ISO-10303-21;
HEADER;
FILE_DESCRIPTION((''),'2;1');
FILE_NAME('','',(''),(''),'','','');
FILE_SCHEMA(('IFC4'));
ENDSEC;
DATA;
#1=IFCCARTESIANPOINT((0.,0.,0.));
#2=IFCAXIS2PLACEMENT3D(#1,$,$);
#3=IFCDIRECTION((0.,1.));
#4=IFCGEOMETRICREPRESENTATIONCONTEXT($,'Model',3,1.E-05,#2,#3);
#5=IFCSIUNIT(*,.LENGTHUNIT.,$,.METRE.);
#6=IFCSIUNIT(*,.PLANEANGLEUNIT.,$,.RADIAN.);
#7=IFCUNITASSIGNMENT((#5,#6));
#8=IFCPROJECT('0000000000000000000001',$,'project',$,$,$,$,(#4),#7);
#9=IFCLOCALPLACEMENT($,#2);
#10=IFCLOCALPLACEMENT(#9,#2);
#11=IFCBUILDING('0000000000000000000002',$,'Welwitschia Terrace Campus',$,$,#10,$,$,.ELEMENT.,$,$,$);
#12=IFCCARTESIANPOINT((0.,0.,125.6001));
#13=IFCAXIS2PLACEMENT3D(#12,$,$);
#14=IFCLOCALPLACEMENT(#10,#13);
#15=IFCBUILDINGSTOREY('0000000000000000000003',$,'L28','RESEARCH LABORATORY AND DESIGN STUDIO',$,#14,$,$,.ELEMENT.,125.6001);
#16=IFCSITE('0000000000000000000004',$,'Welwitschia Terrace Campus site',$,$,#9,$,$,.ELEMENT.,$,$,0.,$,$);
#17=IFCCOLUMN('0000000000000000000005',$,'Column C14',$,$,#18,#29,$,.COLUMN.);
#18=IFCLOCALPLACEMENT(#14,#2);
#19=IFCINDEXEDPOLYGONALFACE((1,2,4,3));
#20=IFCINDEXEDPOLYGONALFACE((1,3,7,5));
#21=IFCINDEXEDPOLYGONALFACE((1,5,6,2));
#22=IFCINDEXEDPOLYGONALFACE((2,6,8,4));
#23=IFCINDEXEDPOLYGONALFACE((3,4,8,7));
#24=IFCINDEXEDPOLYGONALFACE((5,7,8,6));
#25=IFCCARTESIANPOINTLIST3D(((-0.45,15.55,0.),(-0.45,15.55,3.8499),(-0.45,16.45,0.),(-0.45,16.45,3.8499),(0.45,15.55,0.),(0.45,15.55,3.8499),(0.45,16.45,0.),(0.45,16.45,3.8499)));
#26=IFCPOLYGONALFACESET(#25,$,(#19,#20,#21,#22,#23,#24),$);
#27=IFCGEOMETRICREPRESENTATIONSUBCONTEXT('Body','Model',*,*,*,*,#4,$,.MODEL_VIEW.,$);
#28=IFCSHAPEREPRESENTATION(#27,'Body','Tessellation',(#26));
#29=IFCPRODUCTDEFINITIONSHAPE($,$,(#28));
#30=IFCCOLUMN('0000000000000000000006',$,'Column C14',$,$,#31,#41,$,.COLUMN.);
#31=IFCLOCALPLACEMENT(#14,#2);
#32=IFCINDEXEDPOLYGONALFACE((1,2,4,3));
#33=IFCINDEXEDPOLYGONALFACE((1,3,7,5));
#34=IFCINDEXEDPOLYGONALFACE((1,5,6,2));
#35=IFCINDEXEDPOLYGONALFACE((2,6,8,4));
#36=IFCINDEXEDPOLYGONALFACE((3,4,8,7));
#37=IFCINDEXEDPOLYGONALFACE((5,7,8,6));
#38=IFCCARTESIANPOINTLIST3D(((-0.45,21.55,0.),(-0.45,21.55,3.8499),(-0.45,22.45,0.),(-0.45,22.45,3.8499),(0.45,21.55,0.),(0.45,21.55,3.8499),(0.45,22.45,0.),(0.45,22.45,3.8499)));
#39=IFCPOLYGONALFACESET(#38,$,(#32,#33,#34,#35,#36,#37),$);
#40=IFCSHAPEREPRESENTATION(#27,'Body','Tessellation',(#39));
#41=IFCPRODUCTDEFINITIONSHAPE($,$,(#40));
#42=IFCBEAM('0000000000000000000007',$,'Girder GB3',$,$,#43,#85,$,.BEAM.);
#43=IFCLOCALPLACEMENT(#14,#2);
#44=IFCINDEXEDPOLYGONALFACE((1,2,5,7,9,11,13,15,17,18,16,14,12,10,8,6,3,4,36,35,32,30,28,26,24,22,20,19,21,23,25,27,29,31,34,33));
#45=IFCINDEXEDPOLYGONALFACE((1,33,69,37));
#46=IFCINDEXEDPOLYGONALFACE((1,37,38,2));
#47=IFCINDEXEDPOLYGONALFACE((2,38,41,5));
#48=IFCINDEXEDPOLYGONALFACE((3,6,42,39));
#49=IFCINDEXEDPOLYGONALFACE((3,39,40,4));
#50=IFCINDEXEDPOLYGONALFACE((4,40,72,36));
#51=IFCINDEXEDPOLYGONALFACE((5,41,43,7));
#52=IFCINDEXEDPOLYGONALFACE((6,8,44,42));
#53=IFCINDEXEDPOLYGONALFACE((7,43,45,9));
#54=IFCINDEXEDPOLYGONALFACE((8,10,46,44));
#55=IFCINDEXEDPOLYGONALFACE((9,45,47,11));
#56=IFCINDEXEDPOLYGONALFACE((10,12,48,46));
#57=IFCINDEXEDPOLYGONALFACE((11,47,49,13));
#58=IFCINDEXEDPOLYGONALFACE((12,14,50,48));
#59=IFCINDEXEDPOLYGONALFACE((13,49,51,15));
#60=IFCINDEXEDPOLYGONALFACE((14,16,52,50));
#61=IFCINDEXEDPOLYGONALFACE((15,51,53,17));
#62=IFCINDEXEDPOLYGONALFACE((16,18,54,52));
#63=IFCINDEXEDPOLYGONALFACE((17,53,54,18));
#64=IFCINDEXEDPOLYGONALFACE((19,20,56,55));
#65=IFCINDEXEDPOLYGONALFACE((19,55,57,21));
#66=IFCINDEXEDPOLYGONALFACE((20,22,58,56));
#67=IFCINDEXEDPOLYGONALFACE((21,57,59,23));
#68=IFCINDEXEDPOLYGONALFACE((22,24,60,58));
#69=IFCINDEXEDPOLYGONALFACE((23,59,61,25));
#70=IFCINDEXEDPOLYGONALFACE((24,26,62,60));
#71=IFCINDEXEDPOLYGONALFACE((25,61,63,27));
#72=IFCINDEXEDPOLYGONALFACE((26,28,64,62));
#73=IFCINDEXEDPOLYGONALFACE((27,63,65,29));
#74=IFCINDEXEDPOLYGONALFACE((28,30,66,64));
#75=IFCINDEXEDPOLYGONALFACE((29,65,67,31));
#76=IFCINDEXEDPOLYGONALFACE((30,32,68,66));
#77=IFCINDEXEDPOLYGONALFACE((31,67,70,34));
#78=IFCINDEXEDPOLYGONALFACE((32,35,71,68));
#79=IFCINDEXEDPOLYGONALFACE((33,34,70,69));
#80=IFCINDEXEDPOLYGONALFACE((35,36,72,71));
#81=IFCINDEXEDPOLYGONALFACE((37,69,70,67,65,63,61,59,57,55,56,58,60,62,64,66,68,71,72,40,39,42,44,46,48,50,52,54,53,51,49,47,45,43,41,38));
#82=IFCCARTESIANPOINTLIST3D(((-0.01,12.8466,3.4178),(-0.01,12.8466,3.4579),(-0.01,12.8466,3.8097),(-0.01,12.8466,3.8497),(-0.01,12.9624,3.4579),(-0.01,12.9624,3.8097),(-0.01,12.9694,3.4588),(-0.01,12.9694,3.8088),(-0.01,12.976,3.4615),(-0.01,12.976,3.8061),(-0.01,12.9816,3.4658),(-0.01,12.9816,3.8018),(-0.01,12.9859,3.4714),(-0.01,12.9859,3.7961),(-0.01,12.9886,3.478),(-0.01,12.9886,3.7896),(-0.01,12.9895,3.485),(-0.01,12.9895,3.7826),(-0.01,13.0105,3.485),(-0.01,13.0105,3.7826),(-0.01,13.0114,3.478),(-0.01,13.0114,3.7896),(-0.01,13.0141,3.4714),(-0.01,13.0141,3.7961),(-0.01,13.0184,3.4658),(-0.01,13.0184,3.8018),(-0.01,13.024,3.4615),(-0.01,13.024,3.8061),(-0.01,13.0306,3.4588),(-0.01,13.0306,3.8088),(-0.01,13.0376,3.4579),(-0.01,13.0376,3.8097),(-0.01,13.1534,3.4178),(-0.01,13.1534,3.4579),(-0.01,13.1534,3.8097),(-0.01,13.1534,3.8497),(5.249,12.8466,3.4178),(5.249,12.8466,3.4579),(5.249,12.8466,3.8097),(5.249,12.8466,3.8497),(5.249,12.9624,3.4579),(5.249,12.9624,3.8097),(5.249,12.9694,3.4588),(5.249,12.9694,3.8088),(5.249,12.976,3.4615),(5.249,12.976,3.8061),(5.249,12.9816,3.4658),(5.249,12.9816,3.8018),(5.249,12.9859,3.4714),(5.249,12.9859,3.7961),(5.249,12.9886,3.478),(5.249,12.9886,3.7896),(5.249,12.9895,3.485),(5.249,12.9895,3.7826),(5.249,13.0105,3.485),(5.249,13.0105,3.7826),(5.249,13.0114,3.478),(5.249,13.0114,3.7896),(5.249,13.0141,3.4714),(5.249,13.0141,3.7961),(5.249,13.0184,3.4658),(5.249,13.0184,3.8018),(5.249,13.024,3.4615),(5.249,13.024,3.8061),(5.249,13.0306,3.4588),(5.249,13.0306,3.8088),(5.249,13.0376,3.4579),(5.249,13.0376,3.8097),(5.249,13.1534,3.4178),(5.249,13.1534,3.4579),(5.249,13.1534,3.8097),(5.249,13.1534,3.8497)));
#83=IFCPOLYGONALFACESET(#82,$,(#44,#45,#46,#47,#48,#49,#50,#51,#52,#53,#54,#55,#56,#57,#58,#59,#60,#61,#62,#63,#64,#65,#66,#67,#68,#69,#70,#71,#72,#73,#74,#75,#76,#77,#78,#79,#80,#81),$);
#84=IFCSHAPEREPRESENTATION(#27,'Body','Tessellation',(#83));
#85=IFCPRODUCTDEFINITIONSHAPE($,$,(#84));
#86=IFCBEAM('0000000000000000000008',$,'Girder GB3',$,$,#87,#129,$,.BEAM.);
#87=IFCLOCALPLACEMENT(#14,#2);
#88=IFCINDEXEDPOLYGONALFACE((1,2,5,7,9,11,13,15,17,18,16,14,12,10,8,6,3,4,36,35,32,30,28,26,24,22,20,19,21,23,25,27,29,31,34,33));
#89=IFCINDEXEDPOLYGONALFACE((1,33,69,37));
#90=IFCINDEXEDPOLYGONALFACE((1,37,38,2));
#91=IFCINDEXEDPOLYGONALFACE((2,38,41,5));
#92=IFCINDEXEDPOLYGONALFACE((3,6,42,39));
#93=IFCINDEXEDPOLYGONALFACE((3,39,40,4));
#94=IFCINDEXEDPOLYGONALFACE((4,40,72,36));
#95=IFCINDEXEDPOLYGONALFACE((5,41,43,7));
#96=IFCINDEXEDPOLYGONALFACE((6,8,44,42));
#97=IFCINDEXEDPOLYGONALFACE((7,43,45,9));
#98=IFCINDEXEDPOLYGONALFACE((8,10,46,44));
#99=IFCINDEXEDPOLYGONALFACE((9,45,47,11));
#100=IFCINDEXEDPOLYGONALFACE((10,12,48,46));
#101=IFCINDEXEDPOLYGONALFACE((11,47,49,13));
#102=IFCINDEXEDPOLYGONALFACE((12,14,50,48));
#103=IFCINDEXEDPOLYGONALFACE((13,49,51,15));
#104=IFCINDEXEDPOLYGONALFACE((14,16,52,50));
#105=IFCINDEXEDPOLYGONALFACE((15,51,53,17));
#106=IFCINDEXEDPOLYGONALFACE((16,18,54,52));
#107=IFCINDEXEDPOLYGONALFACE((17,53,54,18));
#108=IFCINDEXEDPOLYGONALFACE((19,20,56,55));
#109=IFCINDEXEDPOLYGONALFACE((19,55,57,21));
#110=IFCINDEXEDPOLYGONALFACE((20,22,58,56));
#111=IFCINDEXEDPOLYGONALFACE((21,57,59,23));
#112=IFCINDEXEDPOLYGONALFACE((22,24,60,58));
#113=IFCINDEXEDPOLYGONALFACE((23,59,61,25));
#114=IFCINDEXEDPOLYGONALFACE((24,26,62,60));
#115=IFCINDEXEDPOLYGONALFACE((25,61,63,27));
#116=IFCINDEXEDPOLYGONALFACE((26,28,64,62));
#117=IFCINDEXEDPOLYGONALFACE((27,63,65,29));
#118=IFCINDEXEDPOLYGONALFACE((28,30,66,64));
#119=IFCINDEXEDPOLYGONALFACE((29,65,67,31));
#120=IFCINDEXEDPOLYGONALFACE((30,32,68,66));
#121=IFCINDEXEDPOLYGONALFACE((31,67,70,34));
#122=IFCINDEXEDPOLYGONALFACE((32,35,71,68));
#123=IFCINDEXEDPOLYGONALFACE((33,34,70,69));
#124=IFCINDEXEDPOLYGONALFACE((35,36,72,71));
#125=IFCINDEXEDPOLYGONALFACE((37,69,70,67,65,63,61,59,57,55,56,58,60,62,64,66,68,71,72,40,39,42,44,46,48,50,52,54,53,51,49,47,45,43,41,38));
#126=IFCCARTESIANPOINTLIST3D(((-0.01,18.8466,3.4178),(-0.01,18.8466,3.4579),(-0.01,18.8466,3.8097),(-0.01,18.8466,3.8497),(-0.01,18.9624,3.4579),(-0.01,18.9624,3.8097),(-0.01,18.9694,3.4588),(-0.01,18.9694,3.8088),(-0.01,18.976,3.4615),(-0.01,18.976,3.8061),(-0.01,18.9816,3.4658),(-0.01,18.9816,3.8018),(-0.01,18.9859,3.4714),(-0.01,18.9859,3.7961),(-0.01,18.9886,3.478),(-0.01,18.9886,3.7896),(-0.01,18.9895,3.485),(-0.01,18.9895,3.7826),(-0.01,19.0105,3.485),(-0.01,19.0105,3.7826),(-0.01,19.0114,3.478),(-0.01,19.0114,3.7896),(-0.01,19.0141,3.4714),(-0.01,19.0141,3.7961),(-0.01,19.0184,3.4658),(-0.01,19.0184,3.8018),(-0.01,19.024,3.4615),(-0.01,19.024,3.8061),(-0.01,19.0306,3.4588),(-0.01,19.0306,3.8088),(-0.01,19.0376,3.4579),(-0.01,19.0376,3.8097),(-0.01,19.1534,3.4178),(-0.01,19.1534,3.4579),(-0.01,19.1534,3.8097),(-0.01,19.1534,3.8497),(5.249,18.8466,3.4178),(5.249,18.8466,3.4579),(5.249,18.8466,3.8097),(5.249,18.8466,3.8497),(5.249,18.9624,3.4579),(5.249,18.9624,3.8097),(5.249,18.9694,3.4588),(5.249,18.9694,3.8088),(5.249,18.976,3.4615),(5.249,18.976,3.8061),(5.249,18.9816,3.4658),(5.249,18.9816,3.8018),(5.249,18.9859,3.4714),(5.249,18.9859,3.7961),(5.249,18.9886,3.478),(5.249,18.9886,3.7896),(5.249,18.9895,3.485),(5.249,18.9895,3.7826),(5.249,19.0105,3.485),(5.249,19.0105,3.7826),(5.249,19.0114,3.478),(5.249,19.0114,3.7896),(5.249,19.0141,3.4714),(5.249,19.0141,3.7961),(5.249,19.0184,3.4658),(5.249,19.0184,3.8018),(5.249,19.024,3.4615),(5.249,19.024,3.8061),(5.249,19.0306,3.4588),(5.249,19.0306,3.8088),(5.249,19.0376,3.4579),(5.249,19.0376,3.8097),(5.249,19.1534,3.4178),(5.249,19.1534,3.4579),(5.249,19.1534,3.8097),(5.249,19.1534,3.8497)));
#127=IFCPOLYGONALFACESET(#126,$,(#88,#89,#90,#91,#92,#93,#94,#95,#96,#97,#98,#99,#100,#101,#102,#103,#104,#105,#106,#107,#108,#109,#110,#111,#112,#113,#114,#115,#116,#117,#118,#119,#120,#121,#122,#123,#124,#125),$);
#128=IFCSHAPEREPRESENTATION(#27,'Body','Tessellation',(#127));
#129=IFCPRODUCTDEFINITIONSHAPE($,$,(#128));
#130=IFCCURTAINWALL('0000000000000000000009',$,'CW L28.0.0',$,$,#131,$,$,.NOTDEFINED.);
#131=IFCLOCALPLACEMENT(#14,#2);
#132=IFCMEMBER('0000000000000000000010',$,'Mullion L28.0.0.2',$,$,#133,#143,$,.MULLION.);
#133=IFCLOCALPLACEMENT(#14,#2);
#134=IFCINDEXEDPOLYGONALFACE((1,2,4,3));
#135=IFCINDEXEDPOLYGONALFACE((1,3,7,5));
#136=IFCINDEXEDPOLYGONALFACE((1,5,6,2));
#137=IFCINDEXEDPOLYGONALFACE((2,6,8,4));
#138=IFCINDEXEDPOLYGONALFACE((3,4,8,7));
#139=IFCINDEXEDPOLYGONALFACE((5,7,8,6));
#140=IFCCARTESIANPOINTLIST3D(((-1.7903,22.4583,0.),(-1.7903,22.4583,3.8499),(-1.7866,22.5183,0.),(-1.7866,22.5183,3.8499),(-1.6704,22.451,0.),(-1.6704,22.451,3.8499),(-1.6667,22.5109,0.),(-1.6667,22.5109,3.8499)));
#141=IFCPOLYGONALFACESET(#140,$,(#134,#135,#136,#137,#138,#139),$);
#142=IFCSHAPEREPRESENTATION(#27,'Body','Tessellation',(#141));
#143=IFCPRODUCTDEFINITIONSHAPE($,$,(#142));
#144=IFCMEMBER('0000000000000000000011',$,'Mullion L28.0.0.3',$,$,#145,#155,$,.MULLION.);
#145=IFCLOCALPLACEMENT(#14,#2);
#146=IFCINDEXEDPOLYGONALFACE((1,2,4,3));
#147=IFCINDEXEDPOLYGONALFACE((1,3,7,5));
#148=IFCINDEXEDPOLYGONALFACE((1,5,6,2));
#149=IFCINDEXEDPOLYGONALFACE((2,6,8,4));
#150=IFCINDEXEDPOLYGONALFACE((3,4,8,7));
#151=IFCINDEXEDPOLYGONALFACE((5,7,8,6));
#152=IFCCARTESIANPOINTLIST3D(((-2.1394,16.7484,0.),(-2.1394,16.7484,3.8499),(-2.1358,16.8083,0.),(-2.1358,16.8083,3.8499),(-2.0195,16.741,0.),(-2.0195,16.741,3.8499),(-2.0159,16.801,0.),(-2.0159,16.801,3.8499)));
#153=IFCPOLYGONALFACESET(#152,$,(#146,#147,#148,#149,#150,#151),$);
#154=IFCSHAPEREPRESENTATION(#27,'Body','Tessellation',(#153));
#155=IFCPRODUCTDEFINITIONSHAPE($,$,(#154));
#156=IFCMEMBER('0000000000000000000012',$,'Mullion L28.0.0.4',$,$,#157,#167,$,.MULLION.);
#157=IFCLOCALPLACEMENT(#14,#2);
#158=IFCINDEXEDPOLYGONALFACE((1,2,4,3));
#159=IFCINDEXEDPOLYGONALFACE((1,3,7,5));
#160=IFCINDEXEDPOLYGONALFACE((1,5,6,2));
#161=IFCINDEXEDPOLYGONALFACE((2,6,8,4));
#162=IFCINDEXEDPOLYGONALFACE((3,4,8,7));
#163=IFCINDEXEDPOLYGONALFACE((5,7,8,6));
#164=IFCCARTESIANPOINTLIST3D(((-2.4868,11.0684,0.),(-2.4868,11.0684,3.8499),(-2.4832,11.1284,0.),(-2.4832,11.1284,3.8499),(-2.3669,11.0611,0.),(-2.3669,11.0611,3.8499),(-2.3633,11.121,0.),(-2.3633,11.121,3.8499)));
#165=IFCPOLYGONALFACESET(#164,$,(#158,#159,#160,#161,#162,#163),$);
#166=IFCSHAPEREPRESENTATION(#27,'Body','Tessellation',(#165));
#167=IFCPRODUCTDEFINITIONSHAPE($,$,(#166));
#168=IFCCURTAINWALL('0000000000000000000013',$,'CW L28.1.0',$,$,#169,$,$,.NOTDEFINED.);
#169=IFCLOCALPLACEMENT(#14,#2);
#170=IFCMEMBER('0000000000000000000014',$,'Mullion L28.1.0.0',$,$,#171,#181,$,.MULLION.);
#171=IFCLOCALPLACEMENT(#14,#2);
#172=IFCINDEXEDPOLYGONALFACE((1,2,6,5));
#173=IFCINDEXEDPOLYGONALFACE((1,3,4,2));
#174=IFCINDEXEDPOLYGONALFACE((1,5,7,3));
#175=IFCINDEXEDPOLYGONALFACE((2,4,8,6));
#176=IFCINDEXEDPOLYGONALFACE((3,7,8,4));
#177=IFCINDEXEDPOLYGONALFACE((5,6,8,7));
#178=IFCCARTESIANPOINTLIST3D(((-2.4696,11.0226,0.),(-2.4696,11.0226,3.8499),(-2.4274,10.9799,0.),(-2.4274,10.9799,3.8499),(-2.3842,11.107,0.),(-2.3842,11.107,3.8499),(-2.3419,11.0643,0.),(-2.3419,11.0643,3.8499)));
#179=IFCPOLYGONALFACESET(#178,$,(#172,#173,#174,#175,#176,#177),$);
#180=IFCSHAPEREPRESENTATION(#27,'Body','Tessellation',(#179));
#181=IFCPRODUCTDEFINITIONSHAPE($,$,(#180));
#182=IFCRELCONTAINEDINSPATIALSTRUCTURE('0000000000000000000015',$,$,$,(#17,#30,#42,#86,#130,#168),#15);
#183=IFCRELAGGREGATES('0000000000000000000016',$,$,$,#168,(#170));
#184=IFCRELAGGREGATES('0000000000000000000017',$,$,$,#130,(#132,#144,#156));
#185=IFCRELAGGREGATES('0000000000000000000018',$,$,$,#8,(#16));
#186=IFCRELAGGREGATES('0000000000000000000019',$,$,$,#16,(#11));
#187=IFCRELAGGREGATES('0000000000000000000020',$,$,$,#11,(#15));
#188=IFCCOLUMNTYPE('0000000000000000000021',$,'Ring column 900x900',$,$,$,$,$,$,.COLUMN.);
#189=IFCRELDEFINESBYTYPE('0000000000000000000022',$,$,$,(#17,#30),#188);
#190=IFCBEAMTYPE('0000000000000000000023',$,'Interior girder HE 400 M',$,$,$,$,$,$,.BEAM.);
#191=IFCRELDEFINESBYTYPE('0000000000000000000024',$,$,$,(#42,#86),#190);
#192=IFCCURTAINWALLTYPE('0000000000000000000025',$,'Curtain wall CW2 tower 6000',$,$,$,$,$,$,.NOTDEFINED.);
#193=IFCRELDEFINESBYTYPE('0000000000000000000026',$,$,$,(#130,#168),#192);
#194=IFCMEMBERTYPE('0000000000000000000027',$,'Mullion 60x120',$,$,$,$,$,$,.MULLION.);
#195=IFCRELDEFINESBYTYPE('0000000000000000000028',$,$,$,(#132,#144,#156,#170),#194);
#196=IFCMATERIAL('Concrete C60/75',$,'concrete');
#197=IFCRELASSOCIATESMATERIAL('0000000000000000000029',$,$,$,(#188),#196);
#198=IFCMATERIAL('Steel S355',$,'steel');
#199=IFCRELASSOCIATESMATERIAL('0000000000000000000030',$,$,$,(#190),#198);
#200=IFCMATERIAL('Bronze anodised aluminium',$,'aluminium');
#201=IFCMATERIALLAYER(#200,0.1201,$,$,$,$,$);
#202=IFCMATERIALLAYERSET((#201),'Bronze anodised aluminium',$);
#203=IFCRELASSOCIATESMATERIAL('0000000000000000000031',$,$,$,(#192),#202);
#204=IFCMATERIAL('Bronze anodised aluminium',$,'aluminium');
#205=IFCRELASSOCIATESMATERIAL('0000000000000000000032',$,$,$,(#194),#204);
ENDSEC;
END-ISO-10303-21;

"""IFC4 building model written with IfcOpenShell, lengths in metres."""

from ifc_helpers import new_model, si_unit, direction, frame, origin, origin_2d, place, context, subcontext, project, spatial, rectangle, i_section, extrude, material, layer, layer_set, material_profile, profile_set, type_object, element, aggregate, save


model = new_model("IFC4")

# Units and contexts
model_context = context("Model", 3, precision=1e-05, world=origin(), true_north=direction((0.0, 1.0)))
body_context = subcontext(model_context, "Body", "Model", "MODEL_VIEW")
ifc_project = project(units=[si_unit("LENGTHUNIT", "METRE"), si_unit("PLANEANGLEUNIT", "RADIAN")], contexts=[model_context])

# Site, building, storey
site_placement = place(None, origin())
site = spatial("IfcSite", under=ifc_project, at=site_placement, Name="Welwitschia Terrace Campus site", CompositionType="ELEMENT", RefElevation=0.0)
building_placement = place(site_placement, origin())
building = spatial("IfcBuilding", under=site, at=building_placement, Name="Welwitschia Terrace Campus", CompositionType="ELEMENT")
storey_placement = place(building_placement, frame((0.0, 0.0, 125.6001)))
storey = spatial("IfcBuildingStorey", under=building, at=storey_placement, Name="L28", Description="RESEARCH LABORATORY AND DESIGN STUDIO", CompositionType="ELEMENT", Elevation=125.6001)

# Columns
ifc_material_1 = material(Name="Concrete C60/75", Category="concrete")
ifc_material_profile_1 = material_profile(ifc_material_1, rectangle(XDim=0.8999, YDim=0.8999, at=origin_2d()))
ifc_profile_set_1 = profile_set([ifc_material_profile_1], Name="Concrete C60/75")
column_type = type_object("IfcColumnType", Name="Ring column 900x900", PredefinedType="COLUMN", material=ifc_profile_set_1)
for number, where, z_axis, x_axis, name in (
    (1, (0.0, 16.0, 0.0), (0.0, 0.0, 1.0), (1.0, 0.0, 0.0), "Column C14"),
    (2, (0.0, 22.0, 0.0), (0.0, 0.0, 1.0), (1.0, 0.0, 0.0), "Column C14"),
):
    element("IfcColumn", number, at=place(storey_placement, frame(where, z_axis=z_axis, x_axis=x_axis)), inside=storey, type_object=column_type, Name=name, PredefinedType="COLUMN", context=body_context, shape_type="SweptSolid", body=[
        extrude(rectangle(XDim=0.8999, YDim=0.8999, at=origin_2d()), origin(), (0.0, 0.0, 1.0), 3.8499),
    ])

# Beams
ifc_material_2 = material(Name="Steel S355", Category="steel")
ifc_material_profile_2 = material_profile(ifc_material_2, i_section(OverallWidth=0.3069, OverallDepth=0.4319, WebThickness=0.021, FlangeThickness=0.04, FilletRadius=0.0271, at=origin_2d()))
ifc_profile_set_2 = profile_set([ifc_material_profile_2], Name="Steel S355")
beam_type_1 = type_object("IfcBeamType", Name="Interior girder HE 400 M", PredefinedType="BEAM", material=ifc_profile_set_2)
for number, where, z_axis, x_axis, name in (
    (3, (-0.01, 13.0, 3.6338), (1.0, 0.0, 0.0), (0.0, 1.0, 0.0), "Girder GB3"),
    (4, (-0.01, 19.0, 3.6338), (1.0, 0.0, 0.0), (0.0, 1.0, 0.0), "Girder GB3"),
):
    element("IfcBeam", number, at=place(storey_placement, frame(where, z_axis=z_axis, x_axis=x_axis)), inside=storey, type_object=beam_type_1, Name=name, PredefinedType="BEAM", context=body_context, shape_type="SweptSolid", body=[
        extrude(i_section(OverallWidth=0.3069, OverallDepth=0.4319, WebThickness=0.021, FlangeThickness=0.04, FilletRadius=0.0271, at=origin_2d()), origin(), (0.0, 0.0, 1.0), 5.259),
    ])

# Curtain wall, members
ifc_material_3 = material(Name="Bronze anodised aluminium", Category="aluminium")
ifc_layer_1 = layer(ifc_material_3, 0.1201)
ifc_layer_set_1 = layer_set([ifc_layer_1], Name="Bronze anodised aluminium")
curtain_wall_type = type_object("IfcCurtainWallType", Name="Curtain wall CW2 tower 6000", PredefinedType="NOTDEFINED", material=ifc_layer_set_1)
curtain_wall_1_placement = place(storey_placement, origin())
curtain_wall_1 = element("IfcCurtainWall", 5, at=curtain_wall_1_placement, inside=storey, type_object=curtain_wall_type, Name="CW L28.0.0", PredefinedType="NOTDEFINED")
ifc_material_4 = material(Name="Bronze anodised aluminium", Category="aluminium")
ifc_material_profile_3 = material_profile(ifc_material_4, rectangle(XDim=0.1201, YDim=0.0601, at=origin_2d()))
ifc_profile_set_3 = profile_set([ifc_material_profile_3], Name="Bronze anodised aluminium")
member_type_1 = type_object("IfcMemberType", Name="Mullion 60x120", PredefinedType="MULLION", material=ifc_profile_set_3)
member_1_placement = place(storey_placement, frame((-1.7285, 22.4846, 0.0), z_axis=(0.0, 0.0, 1.0), x_axis=(0.998135, -0.061049, 0.0)))
member_1 = element("IfcMember", 6, at=member_1_placement, type_object=member_type_1, Name="Mullion L28.0.0.2", PredefinedType="MULLION", context=body_context, shape_type="SweptSolid", body=[
    extrude(rectangle(XDim=0.1201, YDim=0.0601, at=origin_2d()), origin(), (0.0, 0.0, 1.0), 3.8499),
])
member_2_placement = place(storey_placement, frame((-2.0776, 16.7747, 0.0), z_axis=(0.0, 0.0, 1.0), x_axis=(0.998135, -0.061049, 0.0)))
member_2 = element("IfcMember", 7, at=member_2_placement, type_object=member_type_1, Name="Mullion L28.0.0.3", PredefinedType="MULLION", context=body_context, shape_type="SweptSolid", body=[
    extrude(rectangle(XDim=0.1201, YDim=0.0601, at=origin_2d()), origin(), (0.0, 0.0, 1.0), 3.8499),
])
member_3_placement = place(storey_placement, frame((-2.425, 11.0947, 0.0), z_axis=(0.0, 0.0, 1.0), x_axis=(0.998135, -0.061049, 0.0)))
member_3 = element("IfcMember", 8, at=member_3_placement, type_object=member_type_1, Name="Mullion L28.0.0.4", PredefinedType="MULLION", context=body_context, shape_type="SweptSolid", body=[
    extrude(rectangle(XDim=0.1201, YDim=0.0601, at=origin_2d()), origin(), (0.0, 0.0, 1.0), 3.8499),
])

# Curtain wall, member
curtain_wall_2_placement = place(storey_placement, origin())
curtain_wall_2 = element("IfcCurtainWall", 9, at=curtain_wall_2_placement, inside=storey, type_object=curtain_wall_type, Name="CW L28.1.0", PredefinedType="NOTDEFINED")
member_4_placement = place(storey_placement, frame((-2.4058, 11.0435, 0.0), z_axis=(0.0, 0.0, 1.0), x_axis=(0.711245, 0.702944, 0.0)))
member_4 = element("IfcMember", 10, at=member_4_placement, type_object=member_type_1, Name="Mullion L28.1.0.0", PredefinedType="MULLION", context=body_context, shape_type="SweptSolid", body=[
    extrude(rectangle(XDim=0.1201, YDim=0.0601, at=origin_2d()), origin(), (0.0, 0.0, 1.0), 3.8499),
])

aggregate(curtain_wall_2, [member_4])

aggregate(curtain_wall_1, [member_1, member_2, member_3])

save(model, "model.ifc")
